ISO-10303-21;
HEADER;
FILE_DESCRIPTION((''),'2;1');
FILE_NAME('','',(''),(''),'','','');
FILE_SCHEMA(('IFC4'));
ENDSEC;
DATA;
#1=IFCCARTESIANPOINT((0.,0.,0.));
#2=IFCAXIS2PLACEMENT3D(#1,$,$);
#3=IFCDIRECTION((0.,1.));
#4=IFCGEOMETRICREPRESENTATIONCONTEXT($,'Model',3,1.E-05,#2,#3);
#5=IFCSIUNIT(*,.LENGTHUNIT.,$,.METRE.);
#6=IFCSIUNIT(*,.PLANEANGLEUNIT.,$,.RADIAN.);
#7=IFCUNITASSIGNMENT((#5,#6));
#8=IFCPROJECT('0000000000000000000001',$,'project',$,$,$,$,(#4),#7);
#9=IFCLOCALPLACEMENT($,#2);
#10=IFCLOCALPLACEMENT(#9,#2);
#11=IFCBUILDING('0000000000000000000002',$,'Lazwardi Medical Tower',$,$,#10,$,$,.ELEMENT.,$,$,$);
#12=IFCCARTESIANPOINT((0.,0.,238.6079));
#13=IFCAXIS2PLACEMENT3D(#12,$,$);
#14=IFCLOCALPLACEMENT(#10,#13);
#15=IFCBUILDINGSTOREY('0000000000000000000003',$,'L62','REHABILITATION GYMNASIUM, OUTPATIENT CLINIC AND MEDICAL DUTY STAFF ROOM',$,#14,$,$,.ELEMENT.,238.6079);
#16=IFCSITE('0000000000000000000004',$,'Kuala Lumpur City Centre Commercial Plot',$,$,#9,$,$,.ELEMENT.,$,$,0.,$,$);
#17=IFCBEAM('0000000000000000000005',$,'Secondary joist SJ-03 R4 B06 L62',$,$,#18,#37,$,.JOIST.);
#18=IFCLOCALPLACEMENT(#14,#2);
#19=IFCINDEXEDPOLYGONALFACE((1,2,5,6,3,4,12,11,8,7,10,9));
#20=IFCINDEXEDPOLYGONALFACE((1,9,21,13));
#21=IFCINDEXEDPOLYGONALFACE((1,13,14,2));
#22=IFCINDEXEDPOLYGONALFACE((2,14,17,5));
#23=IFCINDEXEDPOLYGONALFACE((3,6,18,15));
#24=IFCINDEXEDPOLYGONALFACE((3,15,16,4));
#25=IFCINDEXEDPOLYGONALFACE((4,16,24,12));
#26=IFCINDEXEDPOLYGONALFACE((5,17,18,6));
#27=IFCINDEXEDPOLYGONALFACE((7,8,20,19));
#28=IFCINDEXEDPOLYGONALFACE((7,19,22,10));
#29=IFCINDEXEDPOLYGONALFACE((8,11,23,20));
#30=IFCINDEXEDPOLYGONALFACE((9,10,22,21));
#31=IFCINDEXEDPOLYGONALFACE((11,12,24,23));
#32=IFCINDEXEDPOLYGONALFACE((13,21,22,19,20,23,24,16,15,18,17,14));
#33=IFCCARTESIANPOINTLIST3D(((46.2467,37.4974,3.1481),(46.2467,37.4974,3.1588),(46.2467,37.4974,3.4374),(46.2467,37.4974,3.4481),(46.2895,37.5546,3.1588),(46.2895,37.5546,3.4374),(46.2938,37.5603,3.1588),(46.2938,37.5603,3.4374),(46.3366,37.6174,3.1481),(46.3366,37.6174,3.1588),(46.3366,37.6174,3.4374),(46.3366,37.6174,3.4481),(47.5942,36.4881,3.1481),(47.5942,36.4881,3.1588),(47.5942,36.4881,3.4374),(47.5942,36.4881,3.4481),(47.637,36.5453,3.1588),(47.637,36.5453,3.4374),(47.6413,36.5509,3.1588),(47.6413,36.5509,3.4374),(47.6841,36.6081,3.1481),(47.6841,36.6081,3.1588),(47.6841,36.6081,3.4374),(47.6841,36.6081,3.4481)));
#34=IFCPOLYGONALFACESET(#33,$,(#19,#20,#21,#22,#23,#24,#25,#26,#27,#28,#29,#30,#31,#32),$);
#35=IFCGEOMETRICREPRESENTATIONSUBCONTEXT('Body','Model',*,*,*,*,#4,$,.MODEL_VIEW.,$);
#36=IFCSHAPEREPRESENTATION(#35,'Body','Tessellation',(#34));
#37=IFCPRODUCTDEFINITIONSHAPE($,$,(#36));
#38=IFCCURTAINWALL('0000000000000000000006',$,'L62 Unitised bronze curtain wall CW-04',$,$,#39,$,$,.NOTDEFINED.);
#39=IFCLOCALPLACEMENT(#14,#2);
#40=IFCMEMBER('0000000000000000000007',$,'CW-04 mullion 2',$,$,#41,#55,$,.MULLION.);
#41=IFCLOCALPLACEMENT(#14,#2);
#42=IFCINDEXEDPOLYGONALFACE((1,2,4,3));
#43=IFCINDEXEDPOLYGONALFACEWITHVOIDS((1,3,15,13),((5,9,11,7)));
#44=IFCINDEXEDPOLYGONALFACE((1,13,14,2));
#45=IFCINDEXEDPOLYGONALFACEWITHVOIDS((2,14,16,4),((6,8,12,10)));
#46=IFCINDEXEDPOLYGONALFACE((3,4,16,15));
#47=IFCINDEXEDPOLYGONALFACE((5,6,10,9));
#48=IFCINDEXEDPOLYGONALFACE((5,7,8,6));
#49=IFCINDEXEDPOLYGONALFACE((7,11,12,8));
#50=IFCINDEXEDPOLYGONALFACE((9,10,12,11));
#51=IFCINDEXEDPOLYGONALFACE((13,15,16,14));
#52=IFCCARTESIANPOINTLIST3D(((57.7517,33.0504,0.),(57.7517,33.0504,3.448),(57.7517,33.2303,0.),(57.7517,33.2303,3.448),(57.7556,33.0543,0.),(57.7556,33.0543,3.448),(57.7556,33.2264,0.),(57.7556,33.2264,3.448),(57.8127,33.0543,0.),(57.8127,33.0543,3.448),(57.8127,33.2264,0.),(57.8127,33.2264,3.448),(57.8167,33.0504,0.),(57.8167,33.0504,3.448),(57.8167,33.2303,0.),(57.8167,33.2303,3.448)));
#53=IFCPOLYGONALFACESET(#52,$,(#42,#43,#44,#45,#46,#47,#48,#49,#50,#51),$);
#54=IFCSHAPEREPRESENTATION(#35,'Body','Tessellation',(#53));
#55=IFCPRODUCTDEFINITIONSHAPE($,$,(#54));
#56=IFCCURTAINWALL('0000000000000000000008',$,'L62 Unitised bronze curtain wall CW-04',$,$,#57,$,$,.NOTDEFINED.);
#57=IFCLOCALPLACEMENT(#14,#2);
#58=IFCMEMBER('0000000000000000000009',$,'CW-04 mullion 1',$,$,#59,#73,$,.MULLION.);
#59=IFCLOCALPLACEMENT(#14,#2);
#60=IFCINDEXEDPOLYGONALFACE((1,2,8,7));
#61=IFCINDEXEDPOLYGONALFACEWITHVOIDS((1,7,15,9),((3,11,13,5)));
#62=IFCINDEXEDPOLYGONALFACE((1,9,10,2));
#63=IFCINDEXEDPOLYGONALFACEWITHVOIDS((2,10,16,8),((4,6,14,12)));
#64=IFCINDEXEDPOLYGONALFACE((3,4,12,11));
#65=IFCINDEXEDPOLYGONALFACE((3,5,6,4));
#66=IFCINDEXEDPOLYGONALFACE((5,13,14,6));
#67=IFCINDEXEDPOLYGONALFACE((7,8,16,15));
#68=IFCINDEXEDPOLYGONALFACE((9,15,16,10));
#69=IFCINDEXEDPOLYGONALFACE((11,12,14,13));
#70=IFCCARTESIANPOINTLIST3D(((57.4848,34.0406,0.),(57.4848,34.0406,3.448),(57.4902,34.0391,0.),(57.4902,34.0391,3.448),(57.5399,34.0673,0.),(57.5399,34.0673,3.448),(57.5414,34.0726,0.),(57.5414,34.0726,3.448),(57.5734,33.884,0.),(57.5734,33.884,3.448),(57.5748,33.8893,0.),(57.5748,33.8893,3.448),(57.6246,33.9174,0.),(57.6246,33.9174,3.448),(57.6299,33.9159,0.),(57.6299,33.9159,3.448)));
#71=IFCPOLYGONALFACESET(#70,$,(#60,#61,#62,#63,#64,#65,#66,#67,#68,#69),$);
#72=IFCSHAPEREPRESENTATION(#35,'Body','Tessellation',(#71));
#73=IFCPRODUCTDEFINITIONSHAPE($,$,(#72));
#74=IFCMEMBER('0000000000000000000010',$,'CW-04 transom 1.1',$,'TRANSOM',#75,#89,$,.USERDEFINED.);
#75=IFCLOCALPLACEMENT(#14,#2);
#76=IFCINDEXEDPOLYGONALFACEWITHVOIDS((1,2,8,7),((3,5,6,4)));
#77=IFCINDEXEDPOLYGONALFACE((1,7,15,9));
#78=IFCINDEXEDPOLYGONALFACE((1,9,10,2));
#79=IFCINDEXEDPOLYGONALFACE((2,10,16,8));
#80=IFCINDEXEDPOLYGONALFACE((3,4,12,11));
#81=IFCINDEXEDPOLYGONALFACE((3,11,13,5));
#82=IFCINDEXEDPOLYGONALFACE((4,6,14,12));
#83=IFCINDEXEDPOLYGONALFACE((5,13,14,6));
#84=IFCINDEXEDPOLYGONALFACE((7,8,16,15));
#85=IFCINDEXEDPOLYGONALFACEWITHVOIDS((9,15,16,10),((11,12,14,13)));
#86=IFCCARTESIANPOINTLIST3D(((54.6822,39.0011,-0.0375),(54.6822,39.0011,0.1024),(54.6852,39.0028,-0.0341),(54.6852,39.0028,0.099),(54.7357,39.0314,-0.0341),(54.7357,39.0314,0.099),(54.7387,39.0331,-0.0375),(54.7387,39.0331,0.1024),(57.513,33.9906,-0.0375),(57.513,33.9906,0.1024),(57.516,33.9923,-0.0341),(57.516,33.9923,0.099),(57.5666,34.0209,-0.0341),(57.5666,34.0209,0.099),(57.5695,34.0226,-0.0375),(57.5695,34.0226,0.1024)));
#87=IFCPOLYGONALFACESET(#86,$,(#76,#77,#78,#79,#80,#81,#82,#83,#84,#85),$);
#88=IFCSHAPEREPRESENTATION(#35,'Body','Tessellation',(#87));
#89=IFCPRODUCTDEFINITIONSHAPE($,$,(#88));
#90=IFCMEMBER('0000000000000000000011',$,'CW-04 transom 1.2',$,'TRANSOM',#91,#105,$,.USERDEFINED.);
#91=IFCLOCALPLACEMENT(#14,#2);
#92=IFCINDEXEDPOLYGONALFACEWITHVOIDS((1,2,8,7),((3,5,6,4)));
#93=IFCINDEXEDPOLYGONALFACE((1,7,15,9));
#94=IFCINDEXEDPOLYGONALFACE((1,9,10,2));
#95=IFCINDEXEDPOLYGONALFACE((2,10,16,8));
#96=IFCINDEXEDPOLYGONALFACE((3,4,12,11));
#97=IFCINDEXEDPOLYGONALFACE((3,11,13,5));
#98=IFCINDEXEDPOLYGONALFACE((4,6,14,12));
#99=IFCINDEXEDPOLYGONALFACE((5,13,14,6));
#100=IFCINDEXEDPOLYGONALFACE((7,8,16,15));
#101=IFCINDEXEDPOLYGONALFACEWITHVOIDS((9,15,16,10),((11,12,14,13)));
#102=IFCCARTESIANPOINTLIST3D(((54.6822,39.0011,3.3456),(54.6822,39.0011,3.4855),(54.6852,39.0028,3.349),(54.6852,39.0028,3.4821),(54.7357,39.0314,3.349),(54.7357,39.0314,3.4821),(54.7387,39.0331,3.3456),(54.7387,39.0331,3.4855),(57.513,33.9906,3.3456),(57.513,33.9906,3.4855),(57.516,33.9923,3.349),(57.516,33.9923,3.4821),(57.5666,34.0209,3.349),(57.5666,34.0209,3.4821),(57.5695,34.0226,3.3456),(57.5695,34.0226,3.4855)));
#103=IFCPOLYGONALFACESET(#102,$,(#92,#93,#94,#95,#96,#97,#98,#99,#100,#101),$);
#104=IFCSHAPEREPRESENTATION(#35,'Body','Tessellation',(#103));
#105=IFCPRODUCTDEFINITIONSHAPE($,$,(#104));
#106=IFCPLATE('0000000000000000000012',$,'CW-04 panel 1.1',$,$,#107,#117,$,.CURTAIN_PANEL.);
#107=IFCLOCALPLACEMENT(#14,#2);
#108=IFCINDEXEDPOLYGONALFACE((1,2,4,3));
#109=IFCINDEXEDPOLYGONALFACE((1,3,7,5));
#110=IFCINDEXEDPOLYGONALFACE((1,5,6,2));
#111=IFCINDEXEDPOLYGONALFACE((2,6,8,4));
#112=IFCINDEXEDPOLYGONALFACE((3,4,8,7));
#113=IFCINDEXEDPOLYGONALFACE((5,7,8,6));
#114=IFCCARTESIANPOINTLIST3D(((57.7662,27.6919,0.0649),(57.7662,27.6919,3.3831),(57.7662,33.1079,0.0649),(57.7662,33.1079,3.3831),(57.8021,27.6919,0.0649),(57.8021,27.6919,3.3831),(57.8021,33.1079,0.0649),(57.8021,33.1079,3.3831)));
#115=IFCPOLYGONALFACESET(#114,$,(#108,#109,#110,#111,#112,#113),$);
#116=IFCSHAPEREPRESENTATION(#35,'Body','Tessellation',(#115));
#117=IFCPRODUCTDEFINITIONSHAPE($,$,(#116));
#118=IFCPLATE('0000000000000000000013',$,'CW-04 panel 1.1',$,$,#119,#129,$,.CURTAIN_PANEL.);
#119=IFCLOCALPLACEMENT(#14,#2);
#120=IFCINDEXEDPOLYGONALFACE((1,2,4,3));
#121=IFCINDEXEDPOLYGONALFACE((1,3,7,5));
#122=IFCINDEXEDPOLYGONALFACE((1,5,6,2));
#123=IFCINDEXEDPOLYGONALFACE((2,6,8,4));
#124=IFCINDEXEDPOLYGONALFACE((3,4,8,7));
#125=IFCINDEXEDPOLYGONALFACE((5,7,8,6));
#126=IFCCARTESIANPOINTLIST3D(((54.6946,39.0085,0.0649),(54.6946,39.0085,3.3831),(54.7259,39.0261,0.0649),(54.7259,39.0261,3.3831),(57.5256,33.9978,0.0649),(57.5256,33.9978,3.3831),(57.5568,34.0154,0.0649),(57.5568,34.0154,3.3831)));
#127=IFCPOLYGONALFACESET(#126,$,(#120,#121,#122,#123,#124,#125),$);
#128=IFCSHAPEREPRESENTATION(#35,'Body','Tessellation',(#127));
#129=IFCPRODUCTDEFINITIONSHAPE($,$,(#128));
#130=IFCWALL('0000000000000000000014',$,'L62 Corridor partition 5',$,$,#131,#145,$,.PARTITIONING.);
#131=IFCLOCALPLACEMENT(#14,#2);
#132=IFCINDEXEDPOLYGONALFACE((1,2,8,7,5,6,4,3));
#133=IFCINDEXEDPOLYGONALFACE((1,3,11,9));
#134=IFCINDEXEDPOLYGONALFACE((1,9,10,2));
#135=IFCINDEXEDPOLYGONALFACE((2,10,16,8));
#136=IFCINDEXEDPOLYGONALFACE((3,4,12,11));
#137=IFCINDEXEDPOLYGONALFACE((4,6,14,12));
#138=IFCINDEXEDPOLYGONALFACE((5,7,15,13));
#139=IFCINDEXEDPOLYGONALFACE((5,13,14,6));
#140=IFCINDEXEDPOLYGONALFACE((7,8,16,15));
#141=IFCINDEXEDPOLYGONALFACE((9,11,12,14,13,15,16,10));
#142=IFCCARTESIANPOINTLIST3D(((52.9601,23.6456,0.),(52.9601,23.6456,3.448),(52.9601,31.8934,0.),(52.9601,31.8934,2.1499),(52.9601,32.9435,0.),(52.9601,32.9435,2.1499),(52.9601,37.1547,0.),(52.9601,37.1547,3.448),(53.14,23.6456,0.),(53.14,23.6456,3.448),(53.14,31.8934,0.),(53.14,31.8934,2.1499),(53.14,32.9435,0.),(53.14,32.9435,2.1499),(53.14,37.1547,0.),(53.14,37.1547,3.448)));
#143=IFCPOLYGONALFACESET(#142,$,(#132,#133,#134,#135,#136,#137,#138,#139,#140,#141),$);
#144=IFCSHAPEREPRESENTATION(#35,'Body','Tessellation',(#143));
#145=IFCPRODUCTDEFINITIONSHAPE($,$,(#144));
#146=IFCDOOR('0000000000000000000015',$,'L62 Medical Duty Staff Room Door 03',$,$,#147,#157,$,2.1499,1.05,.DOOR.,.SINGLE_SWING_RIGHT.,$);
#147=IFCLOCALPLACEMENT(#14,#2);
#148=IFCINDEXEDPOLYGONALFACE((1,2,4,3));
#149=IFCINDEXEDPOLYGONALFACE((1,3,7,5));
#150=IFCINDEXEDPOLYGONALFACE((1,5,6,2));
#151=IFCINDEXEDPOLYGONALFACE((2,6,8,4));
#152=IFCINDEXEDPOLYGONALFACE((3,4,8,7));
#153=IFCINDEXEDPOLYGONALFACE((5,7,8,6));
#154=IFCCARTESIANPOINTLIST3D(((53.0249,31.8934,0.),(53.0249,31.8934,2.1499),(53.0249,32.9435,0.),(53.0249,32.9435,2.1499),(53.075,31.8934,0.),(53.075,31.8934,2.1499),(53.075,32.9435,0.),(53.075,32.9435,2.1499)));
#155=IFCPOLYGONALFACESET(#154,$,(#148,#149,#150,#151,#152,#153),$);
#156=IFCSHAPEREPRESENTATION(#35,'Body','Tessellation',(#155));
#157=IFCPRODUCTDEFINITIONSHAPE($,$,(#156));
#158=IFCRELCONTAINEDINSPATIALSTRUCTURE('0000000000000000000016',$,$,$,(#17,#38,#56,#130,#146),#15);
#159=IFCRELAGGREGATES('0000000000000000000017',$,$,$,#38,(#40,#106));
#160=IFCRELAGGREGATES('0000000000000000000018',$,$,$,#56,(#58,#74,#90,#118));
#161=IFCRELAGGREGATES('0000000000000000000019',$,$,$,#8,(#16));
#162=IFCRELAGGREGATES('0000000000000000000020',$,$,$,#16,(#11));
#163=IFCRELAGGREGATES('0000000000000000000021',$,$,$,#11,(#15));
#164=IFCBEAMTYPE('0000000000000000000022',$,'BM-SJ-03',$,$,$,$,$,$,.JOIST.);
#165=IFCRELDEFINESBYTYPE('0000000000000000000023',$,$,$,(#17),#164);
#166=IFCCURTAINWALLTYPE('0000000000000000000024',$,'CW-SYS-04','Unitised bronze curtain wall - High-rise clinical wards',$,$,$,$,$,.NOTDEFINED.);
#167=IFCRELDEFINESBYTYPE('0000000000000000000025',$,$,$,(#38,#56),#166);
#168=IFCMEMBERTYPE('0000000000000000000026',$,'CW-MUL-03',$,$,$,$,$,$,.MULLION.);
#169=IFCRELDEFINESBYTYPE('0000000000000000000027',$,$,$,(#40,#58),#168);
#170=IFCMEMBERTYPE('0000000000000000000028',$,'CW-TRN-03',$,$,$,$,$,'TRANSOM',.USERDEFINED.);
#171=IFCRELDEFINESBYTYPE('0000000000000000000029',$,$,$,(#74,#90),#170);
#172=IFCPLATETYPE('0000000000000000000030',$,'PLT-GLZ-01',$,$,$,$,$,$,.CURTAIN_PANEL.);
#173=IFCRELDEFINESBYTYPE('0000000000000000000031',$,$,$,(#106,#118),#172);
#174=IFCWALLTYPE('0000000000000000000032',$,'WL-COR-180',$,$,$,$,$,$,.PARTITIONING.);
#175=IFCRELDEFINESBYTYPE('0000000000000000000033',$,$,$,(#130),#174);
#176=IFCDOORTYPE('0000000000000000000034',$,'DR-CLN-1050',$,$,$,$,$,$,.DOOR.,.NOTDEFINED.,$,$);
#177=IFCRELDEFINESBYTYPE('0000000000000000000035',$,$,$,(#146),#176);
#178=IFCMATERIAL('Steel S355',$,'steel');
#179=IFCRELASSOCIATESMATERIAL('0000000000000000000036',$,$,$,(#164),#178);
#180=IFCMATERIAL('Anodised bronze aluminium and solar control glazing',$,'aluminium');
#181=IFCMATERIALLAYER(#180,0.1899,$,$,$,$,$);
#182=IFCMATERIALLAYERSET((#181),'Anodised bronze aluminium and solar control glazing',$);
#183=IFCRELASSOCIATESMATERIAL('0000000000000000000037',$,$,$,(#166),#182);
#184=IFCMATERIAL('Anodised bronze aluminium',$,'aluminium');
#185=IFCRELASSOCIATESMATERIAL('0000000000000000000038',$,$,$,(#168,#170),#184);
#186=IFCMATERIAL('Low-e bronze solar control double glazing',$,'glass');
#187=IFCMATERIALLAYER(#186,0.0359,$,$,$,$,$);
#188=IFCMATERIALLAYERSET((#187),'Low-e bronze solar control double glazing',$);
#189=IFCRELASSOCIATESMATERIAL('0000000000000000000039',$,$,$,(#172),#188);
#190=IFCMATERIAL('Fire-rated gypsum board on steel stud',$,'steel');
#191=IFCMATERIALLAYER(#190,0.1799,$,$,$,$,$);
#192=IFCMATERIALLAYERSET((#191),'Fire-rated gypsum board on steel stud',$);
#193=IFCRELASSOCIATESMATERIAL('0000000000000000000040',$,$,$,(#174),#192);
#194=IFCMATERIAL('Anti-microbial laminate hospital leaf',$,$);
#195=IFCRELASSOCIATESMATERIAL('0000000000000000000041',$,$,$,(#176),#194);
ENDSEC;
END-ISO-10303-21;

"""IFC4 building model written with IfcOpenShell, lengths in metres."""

from ifc_helpers import new_model, si_unit, direction, frame, frame_2d, origin, origin_2d, place, context, subcontext, project, spatial, rectangle, hollow_rectangle, i_section, extrude, material, layer, layer_set, material_profile, profile_set, type_object, element, fill, aggregate, save


model = new_model("IFC4")

# Units and contexts
model_context = context("Model", 3, precision=1e-05, world=origin(), true_north=direction((0.0, 1.0)))
body_context = subcontext(model_context, "Body", "Model", "MODEL_VIEW")
ifc_project = project(units=[si_unit("LENGTHUNIT", "METRE"), si_unit("PLANEANGLEUNIT", "RADIAN")], contexts=[model_context])

# Site, building, storey
site_placement = place(None, origin())
site = spatial("IfcSite", under=ifc_project, at=site_placement, Name="Kuala Lumpur City Centre Commercial Plot", CompositionType="ELEMENT", RefElevation=0.0)
building_placement = place(site_placement, origin())
building = spatial("IfcBuilding", under=site, at=building_placement, Name="Lazwardi Medical Tower", CompositionType="ELEMENT")
storey_placement = place(building_placement, frame((0.0, 0.0, 238.6079)))
storey = spatial("IfcBuildingStorey", under=building, at=storey_placement, Name="L62", Description="REHABILITATION GYMNASIUM, OUTPATIENT CLINIC AND MEDICAL DUTY STAFF ROOM", CompositionType="ELEMENT", Elevation=238.6079)

# Beam
ifc_material_1 = material(Name="Steel S355", Category="steel")
ifc_material_profile_1 = material_profile(ifc_material_1, i_section(OverallWidth=0.1499, OverallDepth=0.3, WebThickness=0.0071, FlangeThickness=0.0107, at=origin_2d()), Name="IPE 300")
ifc_profile_set_1 = profile_set([ifc_material_profile_1], Name="Steel S355")
beam_type_1 = type_object("IfcBeamType", Name="BM-SJ-03", PredefinedType="JOIST", material=ifc_profile_set_1)
beam_1_placement = place(storey_placement, frame((47.6392, 36.5481, 3.2981), z_axis=(-0.800365, 0.599513, 0.0), x_axis=(-0.599513, -0.800365, 0.0)))
element("IfcBeam", 1, at=beam_1_placement, inside=storey, type_object=beam_type_1, Name="Secondary joist SJ-03 R4 B06 L62", PredefinedType="JOIST", context=body_context, shape_type="SweptSolid", body=[
    extrude(i_section(OverallWidth=0.1499, OverallDepth=0.3, WebThickness=0.0071, FlangeThickness=0.0107, at=origin_2d()), origin(), (0.0, 0.0, 1.0), 1.6836),
])

# Curtain wall, member
ifc_material_2 = material(Name="Anodised bronze aluminium and solar control glazing", Category="aluminium")
ifc_layer_1 = layer(ifc_material_2, 0.1899)
ifc_layer_set_1 = layer_set([ifc_layer_1], Name="Anodised bronze aluminium and solar control glazing")
curtain_wall_type = type_object("IfcCurtainWallType", Name="CW-SYS-04", Description="Unitised bronze curtain wall - High-rise clinical wards", PredefinedType="NOTDEFINED", material=ifc_layer_set_1)
curtain_wall_1_placement = place(storey_placement, origin())
curtain_wall_1 = element("IfcCurtainWall", 2, at=curtain_wall_1_placement, inside=storey, type_object=curtain_wall_type, Name="L62 Unitised bronze curtain wall CW-04", PredefinedType="NOTDEFINED")
ifc_material_3 = material(Name="Anodised bronze aluminium", Category="aluminium")
ifc_material_profile_2 = material_profile(ifc_material_3, hollow_rectangle(XDim=0.0649, YDim=0.1799, WallThickness=0.0039, at=origin_2d()), Name="ALU-MULLION 180x65x4")
ifc_profile_set_2 = profile_set([ifc_material_profile_2], Name="Anodised bronze aluminium")
member_type_1 = type_object("IfcMemberType", Name="CW-MUL-03", PredefinedType="MULLION", material=ifc_profile_set_2)
member_1_placement = place(storey_placement, frame((57.7842, 33.1404, 0.0), z_axis=(0.0, 0.0, 1.0), x_axis=(-1.0, 0.0, 0.0)))
member_1 = element("IfcMember", 3, at=member_1_placement, type_object=member_type_1, Name="CW-04 mullion 2", PredefinedType="MULLION", context=body_context, shape_type="SweptSolid", body=[
    extrude(hollow_rectangle(XDim=0.0649, YDim=0.1799, WallThickness=0.0039, at=origin_2d()), origin(), (0.0, 0.0, 1.0), 3.448),
])

# Curtain wall, members
curtain_wall_2_placement = place(storey_placement, origin())
curtain_wall_2 = element("IfcCurtainWall", 4, at=curtain_wall_2_placement, inside=storey, type_object=curtain_wall_type, Name="L62 Unitised bronze curtain wall CW-04", PredefinedType="NOTDEFINED")
member_2_placement = place(storey_placement, frame((57.5574, 33.9783, 0.0), z_axis=(0.0, 0.0, 1.0), x_axis=(-0.870651, -0.4919, 0.0)))
member_2 = element("IfcMember", 5, at=member_2_placement, type_object=member_type_1, Name="CW-04 mullion 1", PredefinedType="MULLION", context=body_context, shape_type="SweptSolid", body=[
    extrude(hollow_rectangle(XDim=0.0649, YDim=0.1799, WallThickness=0.0039, at=origin_2d()), origin(), (0.0, 0.0, 1.0), 3.448),
])
ifc_material_profile_3 = material_profile(ifc_material_3, hollow_rectangle(XDim=0.0649, YDim=0.1399, WallThickness=0.0034, at=origin_2d()), Name="ALU-TRANSOM 140x65x3.5")
ifc_profile_set_3 = profile_set([ifc_material_profile_3], Name="Anodised bronze aluminium")
member_type_2 = type_object("IfcMemberType", Name="CW-TRN-03", ElementType="TRANSOM", PredefinedType="USERDEFINED", material=ifc_profile_set_3)
member_3_placement = place(storey_placement, frame((57.5413, 34.0066, 0.0325), z_axis=(-0.491898, 0.870653, 0.0), x_axis=(-0.870653, -0.491898, 0.0)))
member_3 = element("IfcMember", 6, at=member_3_placement, type_object=member_type_2, Name="CW-04 transom 1.1", ObjectType="TRANSOM", PredefinedType="USERDEFINED", context=body_context, shape_type="SweptSolid", body=[
    extrude(hollow_rectangle(XDim=0.0649, YDim=0.1399, WallThickness=0.0034, at=origin_2d()), origin(), (0.0, 0.0, 1.0), 5.7549),
])
member_4_placement = place(storey_placement, frame((57.5413, 34.0066, 3.4155), z_axis=(-0.491898, 0.870653, 0.0), x_axis=(-0.870653, -0.491898, 0.0)))
member_4 = element("IfcMember", 7, at=member_4_placement, type_object=member_type_2, Name="CW-04 transom 1.2", ObjectType="TRANSOM", PredefinedType="USERDEFINED", context=body_context, shape_type="SweptSolid", body=[
    extrude(hollow_rectangle(XDim=0.0649, YDim=0.1399, WallThickness=0.0034, at=origin_2d()), origin(), (0.0, 0.0, 1.0), 5.7549),
])

# Plates
ifc_material_4 = material(Name="Low-e bronze solar control double glazing", Category="glass")
ifc_layer_2 = layer(ifc_material_4, 0.0359)
ifc_layer_set_2 = layer_set([ifc_layer_2], Name="Low-e bronze solar control double glazing")
plate_type = type_object("IfcPlateType", Name="PLT-GLZ-01", PredefinedType="CURTAIN_PANEL", material=ifc_layer_set_2)
plate_1_placement = place(storey_placement, frame((57.7842, 30.3999, 0.0649), z_axis=(0.0, 0.0, 1.0), x_axis=(0.0, 1.0, 0.0)))
plate_1 = element("IfcPlate", 8, at=plate_1_placement, type_object=plate_type, Name="CW-04 panel 1.1", PredefinedType="CURTAIN_PANEL", context=body_context, shape_type="SweptSolid", body=[
    extrude(rectangle(XDim=5.416, YDim=0.0359, at=origin_2d()), origin(), (0.0, 0.0, 1.0), 3.3181),
])
aggregate(curtain_wall_1, [member_1, plate_1])
plate_2_placement = place(storey_placement, frame((56.1257, 36.512, 0.0649), z_axis=(0.0, 0.0, 1.0), x_axis=(-0.4919, 0.870651, 0.0)))
plate_2 = element("IfcPlate", 9, at=plate_2_placement, type_object=plate_type, Name="CW-04 panel 1.1", PredefinedType="CURTAIN_PANEL", context=body_context, shape_type="SweptSolid", body=[
    extrude(rectangle(XDim=5.7551, YDim=0.0359, at=origin_2d()), origin(), (0.0, 0.0, 1.0), 3.3181),
])
aggregate(curtain_wall_2, [member_2, member_3, member_4, plate_2])

# Wall, opening, door
ifc_material_5 = material(Name="Fire-rated gypsum board on steel stud", Category="steel")
ifc_layer_3 = layer(ifc_material_5, 0.1799)
ifc_layer_set_3 = layer_set([ifc_layer_3], Name="Fire-rated gypsum board on steel stud")
wall_type_1 = type_object("IfcWallType", Name="WL-COR-180", PredefinedType="PARTITIONING", material=ifc_layer_set_3)
wall_1_placement = place(storey_placement, frame((53.05, 37.1545, 0.0), z_axis=(0.0, 0.0, 1.0), x_axis=(0.0, -1.0, 0.0)))
wall_1 = element("IfcWall", 10, at=wall_1_placement, inside=storey, type_object=wall_type_1, Name="L62 Corridor partition 5", PredefinedType="PARTITIONING", context=body_context, shape_type="SweptSolid", body=[
    extrude(rectangle(XDim=13.509, YDim=0.1799, at=frame_2d((6.7544, 0.0))), origin(), (0.0, 0.0, 1.0), 3.448),
])
opening_1_placement = place(wall_1_placement, frame((4.2112, 0.0, 0.0)))
opening_1 = element("IfcOpeningElement", 11, at=opening_1_placement, cuts=wall_1, PredefinedType="OPENING", context=body_context, shape_type="SweptSolid", body=[
    extrude(rectangle(XDim=1.05, YDim=2.1499, at=frame_2d((0.5249, 1.075))), frame((0.0, 0.0999, 0.0), z_axis=(0.0, -1.0, 0.0), x_axis=(1.0, 0.0, 0.0)), (0.0, 0.0, 1.0), 0.2),
])
ifc_material_6 = material(Name="Anti-microbial laminate hospital leaf")
door_type_1 = type_object("IfcDoorType", Name="DR-CLN-1050", OperationType="NOTDEFINED", PredefinedType="DOOR", material=ifc_material_6)
door_1_placement = place(opening_1_placement, origin())
door_1 = element("IfcDoor", 12, at=door_1_placement, inside=storey, type_object=door_type_1, Name="L62 Medical Duty Staff Room Door 03", OperationType="SINGLE_SWING_RIGHT", OverallHeight=2.1499, OverallWidth=1.05, PredefinedType="DOOR", context=body_context, shape_type="SweptSolid", body=[
    extrude(rectangle(XDim=1.05, YDim=2.1499, at=frame_2d((0.5249, 1.075))), frame((0.0, 0.0249, 0.0), z_axis=(0.0, -1.0, 0.0), x_axis=(1.0, 0.0, 0.0)), (0.0, 0.0, 1.0), 0.05),
])
fill(opening_1, door_1)

save(model, "model.ifc")
